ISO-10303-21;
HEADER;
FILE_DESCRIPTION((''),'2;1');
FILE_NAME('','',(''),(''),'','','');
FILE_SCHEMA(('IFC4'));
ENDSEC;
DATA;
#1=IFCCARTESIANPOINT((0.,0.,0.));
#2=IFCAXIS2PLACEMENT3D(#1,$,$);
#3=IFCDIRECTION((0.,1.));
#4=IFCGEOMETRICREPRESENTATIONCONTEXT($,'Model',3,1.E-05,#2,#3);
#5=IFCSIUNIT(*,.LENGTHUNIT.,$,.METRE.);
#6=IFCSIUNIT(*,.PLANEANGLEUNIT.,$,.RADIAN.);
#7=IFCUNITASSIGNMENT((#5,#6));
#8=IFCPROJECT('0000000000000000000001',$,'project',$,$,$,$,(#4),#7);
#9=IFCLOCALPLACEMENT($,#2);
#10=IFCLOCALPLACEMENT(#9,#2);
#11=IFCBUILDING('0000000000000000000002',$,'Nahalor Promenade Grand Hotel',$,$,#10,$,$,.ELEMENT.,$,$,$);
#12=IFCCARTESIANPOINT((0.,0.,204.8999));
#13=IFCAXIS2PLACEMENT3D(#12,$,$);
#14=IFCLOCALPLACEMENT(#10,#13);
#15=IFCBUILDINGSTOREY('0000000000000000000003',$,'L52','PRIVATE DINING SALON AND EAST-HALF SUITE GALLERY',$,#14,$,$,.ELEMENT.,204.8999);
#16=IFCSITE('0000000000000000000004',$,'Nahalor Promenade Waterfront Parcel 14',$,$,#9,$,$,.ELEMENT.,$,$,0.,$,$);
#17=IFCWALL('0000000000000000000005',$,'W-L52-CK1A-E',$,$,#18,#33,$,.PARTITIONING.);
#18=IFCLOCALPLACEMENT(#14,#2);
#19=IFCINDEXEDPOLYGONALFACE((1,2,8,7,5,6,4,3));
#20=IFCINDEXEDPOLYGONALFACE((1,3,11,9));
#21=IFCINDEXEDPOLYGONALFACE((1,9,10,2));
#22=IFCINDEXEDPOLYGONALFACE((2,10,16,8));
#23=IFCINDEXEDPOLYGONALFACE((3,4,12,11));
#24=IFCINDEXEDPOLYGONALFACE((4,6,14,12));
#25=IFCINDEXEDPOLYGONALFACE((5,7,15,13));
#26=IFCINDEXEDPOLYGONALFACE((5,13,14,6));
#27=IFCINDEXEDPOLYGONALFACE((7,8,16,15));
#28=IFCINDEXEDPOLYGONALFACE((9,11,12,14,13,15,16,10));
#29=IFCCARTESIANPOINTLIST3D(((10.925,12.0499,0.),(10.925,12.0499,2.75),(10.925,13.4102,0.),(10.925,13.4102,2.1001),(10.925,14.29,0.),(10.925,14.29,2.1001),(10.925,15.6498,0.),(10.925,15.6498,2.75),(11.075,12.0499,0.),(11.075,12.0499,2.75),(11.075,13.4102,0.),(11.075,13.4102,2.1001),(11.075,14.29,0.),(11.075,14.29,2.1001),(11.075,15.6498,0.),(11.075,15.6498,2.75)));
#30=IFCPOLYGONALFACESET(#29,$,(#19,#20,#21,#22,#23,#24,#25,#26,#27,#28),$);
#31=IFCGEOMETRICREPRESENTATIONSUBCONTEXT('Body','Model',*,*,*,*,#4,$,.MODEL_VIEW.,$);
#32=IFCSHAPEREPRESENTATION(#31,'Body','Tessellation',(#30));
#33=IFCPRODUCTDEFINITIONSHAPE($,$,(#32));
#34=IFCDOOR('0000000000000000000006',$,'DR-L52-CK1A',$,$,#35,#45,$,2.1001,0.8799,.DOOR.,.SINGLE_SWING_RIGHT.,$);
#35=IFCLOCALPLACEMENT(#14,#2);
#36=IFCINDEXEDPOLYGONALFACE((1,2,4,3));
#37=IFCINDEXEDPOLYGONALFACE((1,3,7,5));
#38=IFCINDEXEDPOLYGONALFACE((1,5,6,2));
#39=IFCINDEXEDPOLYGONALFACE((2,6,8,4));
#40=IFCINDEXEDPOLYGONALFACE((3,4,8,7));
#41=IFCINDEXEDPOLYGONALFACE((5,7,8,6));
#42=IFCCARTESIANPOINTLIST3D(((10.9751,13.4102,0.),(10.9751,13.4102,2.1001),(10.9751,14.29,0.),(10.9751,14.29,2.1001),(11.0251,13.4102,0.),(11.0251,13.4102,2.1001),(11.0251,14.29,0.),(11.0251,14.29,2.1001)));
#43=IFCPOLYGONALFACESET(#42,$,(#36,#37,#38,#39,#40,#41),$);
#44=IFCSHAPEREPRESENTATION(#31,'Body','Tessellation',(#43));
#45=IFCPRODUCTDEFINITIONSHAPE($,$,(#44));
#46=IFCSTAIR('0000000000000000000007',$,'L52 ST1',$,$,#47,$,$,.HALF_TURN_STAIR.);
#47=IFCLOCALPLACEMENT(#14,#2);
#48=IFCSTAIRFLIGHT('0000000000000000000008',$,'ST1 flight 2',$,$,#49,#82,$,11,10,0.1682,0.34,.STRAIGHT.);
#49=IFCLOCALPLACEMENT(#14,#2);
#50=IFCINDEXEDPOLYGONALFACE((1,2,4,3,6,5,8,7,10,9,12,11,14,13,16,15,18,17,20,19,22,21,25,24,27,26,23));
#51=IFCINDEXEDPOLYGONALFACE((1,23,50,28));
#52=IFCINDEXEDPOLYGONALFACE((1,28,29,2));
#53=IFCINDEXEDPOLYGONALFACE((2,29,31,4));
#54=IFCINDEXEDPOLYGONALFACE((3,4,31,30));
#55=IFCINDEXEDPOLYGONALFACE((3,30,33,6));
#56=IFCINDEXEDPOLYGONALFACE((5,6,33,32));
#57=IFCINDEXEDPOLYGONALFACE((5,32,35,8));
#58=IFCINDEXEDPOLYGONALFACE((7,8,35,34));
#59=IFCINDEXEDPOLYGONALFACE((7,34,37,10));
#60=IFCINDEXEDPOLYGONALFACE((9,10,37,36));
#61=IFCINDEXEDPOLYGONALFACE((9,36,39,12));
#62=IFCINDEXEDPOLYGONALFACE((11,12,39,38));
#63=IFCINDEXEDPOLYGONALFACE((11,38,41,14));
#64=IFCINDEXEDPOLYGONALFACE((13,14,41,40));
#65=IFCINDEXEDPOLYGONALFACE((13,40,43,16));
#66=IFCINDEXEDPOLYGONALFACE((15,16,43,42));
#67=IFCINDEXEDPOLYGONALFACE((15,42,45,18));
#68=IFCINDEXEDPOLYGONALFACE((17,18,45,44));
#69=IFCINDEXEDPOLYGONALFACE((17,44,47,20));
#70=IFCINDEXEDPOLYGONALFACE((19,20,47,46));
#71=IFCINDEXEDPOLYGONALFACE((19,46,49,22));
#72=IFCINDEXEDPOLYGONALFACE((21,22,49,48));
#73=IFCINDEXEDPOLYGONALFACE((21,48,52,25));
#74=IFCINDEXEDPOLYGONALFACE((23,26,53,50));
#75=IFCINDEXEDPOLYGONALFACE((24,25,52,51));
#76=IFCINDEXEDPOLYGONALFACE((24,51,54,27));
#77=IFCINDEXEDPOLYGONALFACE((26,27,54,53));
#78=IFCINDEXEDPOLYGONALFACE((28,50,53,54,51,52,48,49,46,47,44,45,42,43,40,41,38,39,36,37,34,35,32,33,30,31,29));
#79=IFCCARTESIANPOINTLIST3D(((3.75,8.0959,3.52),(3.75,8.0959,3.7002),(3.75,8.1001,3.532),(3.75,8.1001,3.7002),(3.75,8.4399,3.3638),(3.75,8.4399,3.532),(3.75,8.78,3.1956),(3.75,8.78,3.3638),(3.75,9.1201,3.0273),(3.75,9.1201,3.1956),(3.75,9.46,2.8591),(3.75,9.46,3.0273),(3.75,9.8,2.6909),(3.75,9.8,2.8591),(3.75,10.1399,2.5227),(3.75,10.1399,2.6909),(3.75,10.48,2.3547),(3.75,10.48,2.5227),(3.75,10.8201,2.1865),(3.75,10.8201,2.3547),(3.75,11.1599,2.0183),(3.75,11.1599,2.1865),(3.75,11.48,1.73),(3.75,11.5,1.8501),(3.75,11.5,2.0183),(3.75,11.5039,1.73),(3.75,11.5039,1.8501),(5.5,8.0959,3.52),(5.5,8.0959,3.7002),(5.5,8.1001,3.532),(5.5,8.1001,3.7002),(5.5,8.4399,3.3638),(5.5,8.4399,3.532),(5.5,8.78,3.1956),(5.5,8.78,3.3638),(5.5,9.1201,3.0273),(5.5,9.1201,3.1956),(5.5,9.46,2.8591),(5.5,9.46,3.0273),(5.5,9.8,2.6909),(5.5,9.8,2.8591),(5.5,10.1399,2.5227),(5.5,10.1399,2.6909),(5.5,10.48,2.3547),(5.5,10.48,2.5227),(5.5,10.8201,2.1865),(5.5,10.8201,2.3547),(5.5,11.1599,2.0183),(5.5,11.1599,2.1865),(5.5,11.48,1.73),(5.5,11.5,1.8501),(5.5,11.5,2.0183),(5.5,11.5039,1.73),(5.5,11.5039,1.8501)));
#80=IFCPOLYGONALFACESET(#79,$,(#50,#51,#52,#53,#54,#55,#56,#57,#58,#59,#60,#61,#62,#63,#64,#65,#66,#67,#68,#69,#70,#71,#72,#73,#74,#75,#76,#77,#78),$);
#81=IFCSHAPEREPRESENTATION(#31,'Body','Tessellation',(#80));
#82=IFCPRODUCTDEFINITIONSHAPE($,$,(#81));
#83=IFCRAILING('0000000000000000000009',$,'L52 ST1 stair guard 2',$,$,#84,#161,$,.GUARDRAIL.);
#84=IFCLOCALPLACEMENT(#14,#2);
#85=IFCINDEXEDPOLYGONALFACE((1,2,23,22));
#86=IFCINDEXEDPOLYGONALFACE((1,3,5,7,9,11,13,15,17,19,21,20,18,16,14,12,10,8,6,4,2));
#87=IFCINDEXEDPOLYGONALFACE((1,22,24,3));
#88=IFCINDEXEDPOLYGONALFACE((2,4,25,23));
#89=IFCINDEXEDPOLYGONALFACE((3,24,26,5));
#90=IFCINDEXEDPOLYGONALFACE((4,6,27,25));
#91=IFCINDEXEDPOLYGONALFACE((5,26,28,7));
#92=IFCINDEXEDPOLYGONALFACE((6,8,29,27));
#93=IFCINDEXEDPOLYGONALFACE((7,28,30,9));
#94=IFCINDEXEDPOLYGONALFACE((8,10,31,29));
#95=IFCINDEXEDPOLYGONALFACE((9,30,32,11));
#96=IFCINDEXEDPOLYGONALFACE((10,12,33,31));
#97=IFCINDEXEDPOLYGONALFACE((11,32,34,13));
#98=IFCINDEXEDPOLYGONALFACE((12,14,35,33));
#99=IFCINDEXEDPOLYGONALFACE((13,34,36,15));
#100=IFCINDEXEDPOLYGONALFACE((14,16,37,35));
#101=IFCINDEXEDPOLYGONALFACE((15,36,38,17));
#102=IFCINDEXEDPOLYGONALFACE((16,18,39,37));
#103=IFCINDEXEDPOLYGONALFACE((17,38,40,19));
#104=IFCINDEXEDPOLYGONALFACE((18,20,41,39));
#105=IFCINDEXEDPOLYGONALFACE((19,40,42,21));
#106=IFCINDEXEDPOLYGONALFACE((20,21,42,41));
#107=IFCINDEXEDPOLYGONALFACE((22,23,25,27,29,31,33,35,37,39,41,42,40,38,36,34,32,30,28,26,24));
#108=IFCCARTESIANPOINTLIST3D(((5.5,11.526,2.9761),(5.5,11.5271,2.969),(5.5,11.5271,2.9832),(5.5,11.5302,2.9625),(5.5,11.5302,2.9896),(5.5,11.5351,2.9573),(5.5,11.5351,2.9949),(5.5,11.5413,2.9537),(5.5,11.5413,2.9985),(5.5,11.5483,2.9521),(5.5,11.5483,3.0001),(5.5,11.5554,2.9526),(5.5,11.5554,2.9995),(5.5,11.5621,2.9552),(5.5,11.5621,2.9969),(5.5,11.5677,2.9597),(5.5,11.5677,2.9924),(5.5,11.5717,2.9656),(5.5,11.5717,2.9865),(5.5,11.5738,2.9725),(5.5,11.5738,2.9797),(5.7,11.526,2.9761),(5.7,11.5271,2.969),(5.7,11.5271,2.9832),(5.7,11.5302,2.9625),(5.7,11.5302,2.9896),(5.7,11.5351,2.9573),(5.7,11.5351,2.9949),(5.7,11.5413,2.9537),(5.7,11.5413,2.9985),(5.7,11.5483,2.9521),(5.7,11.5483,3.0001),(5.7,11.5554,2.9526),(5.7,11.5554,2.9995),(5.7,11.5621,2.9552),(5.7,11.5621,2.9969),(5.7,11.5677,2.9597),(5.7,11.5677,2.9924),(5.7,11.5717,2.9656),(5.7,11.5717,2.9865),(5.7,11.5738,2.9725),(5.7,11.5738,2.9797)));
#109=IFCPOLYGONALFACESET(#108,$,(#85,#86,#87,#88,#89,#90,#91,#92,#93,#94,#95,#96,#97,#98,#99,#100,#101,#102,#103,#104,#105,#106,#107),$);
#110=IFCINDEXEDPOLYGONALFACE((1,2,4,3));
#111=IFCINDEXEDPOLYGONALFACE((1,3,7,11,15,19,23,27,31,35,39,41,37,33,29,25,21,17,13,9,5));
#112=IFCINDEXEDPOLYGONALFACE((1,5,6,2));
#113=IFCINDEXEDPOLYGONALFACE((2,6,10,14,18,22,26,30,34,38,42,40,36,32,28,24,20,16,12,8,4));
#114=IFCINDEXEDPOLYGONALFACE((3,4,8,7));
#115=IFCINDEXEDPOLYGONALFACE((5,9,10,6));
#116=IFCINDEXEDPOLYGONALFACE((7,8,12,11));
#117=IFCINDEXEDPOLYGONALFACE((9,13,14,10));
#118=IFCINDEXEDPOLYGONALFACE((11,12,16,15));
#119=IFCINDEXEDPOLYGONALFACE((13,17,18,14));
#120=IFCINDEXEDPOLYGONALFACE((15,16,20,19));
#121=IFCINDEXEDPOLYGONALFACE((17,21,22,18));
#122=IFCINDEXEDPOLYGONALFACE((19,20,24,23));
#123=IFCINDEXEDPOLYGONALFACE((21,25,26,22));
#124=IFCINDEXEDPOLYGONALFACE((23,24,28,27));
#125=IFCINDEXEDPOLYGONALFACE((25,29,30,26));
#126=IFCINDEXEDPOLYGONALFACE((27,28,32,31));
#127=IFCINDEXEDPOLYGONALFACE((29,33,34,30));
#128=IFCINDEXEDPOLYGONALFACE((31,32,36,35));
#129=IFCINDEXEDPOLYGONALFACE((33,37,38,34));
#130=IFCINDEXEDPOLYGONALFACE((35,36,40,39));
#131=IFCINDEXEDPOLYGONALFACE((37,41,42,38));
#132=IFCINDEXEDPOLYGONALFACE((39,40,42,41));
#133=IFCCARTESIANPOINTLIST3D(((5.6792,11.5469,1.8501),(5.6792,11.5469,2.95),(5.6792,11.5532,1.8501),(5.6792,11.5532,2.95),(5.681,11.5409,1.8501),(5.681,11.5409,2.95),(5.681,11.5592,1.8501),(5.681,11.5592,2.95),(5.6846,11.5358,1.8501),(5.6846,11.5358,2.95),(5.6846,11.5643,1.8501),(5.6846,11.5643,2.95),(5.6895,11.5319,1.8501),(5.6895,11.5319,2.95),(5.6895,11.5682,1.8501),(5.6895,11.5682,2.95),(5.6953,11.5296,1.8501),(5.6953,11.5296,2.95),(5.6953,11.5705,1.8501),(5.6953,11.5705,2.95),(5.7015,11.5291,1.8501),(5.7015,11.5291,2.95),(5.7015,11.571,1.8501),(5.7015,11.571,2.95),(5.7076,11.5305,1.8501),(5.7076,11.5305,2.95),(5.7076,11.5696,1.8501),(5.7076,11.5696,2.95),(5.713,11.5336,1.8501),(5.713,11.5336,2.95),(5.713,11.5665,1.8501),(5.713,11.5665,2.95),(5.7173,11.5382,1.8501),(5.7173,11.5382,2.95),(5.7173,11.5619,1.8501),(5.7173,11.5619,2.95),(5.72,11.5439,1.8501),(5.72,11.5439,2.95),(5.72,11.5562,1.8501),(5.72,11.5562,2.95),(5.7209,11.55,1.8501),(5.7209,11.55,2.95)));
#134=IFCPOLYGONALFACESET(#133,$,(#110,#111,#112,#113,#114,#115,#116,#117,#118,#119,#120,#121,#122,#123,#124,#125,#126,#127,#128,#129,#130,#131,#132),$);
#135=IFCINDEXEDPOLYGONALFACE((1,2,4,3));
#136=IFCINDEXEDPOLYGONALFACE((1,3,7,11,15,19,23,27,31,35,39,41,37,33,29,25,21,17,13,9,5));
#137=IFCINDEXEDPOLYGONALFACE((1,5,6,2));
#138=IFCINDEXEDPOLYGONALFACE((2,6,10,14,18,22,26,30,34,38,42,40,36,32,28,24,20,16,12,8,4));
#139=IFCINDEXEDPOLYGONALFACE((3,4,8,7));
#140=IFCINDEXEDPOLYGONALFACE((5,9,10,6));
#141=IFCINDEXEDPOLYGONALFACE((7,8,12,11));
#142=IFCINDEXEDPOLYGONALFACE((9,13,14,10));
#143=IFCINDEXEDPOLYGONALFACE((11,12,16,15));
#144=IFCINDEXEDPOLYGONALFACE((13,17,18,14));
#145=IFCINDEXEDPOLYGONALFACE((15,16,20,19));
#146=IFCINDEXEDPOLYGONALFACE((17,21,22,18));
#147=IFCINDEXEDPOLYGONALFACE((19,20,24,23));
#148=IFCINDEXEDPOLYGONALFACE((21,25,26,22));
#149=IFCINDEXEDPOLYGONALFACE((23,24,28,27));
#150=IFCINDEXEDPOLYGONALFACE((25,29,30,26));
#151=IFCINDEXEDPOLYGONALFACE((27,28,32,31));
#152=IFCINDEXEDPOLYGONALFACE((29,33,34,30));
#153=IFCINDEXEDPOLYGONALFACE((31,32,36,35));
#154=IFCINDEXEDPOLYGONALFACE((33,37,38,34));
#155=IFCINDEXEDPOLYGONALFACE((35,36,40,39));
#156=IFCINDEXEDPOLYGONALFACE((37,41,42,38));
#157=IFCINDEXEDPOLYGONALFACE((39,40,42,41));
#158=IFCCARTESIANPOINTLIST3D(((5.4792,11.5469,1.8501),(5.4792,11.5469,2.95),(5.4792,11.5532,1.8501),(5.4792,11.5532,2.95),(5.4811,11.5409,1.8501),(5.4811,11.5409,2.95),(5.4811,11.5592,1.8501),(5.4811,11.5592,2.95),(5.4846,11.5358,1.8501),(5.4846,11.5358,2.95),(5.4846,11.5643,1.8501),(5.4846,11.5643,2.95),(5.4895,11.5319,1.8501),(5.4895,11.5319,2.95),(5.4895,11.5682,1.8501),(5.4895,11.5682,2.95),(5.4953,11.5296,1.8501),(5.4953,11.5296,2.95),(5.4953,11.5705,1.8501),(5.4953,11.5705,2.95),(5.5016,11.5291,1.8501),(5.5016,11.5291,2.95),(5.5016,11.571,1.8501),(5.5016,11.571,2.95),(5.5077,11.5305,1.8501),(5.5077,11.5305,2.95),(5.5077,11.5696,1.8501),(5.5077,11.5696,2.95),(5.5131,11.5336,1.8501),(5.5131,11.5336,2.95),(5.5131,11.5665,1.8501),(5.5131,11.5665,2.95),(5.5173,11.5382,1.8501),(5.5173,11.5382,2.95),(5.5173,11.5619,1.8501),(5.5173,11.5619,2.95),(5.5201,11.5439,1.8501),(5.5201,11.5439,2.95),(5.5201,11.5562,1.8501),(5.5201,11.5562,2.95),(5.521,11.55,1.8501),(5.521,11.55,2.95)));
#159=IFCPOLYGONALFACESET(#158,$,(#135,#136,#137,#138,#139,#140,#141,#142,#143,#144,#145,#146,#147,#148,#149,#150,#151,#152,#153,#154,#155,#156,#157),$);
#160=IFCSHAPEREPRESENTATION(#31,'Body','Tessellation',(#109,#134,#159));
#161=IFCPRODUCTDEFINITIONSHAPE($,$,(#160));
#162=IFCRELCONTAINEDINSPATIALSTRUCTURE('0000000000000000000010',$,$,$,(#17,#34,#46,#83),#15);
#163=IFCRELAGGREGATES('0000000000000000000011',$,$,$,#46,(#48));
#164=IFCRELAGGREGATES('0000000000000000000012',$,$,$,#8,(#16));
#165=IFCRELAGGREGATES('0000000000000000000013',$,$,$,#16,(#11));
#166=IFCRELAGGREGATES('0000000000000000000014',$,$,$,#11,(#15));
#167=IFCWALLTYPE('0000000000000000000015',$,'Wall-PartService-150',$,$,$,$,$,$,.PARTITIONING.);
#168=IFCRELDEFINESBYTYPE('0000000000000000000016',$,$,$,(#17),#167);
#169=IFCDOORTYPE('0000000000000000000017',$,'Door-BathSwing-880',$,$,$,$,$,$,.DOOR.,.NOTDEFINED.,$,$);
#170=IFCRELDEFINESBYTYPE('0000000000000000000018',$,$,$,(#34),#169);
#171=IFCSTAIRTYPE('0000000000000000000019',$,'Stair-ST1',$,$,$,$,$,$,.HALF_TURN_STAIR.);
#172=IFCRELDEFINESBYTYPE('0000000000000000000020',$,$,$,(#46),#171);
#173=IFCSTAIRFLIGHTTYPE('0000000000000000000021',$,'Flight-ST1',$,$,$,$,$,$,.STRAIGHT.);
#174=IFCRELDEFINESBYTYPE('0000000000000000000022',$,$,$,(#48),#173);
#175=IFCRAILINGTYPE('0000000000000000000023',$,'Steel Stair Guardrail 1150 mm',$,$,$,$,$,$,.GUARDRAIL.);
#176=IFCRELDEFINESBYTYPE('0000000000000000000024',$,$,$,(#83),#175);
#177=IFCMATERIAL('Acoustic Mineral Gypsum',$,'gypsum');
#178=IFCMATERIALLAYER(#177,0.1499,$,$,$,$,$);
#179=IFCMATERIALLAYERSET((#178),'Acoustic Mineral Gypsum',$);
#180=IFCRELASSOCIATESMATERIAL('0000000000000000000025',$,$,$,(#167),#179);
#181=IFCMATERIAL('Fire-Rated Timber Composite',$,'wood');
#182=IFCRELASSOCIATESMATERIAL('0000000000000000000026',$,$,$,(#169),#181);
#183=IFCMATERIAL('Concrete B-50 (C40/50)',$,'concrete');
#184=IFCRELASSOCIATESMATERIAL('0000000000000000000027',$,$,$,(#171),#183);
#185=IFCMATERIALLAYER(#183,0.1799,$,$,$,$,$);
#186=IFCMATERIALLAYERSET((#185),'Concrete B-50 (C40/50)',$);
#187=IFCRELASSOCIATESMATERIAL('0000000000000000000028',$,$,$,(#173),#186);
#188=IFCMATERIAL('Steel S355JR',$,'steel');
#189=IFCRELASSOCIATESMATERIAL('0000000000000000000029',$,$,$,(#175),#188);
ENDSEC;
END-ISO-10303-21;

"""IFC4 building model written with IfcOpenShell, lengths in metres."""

from ifc_helpers import new_model, si_unit, direction, frame, frame_2d, origin, origin_2d, place, context, subcontext, project, spatial, polyline, rectangle, circle, outline, extrude, source, transform, mapped, material, layer, layer_set, type_object, element, fill, aggregate, save


model = new_model("IFC4")

# Units and contexts
model_context = context("Model", 3, precision=1e-05, world=origin(), true_north=direction((0.0, 1.0)))
body_context = subcontext(model_context, "Body", "Model", "MODEL_VIEW")
ifc_project = project(units=[si_unit("LENGTHUNIT", "METRE"), si_unit("PLANEANGLEUNIT", "RADIAN")], contexts=[model_context])

# Site, building, storey
site_placement = place(None, origin())
site = spatial("IfcSite", under=ifc_project, at=site_placement, Name="Nahalor Promenade Waterfront Parcel 14", CompositionType="ELEMENT", RefElevation=0.0)
building_placement = place(site_placement, origin())
building = spatial("IfcBuilding", under=site, at=building_placement, Name="Nahalor Promenade Grand Hotel", CompositionType="ELEMENT")
storey_placement = place(building_placement, frame((0.0, 0.0, 204.8999)))
storey = spatial("IfcBuildingStorey", under=building, at=storey_placement, Name="L52", Description="PRIVATE DINING SALON AND EAST-HALF SUITE GALLERY", CompositionType="ELEMENT", Elevation=204.8999)

# Shared definitions
ifc_material_1 = material(Name="Steel S355JR", Category="steel")

# Shared definitions
ifc_material_2 = material(Name="Concrete B-50 (C40/50)", Category="concrete")
ifc_material_3 = material(Name="Acoustic Mineral Gypsum", Category="gypsum")
ifc_layer_1 = layer(ifc_material_3, 0.1499)
ifc_layer_set_1 = layer_set([ifc_layer_1], Name="Acoustic Mineral Gypsum")
wall_type_1 = type_object("IfcWallType", Name="Wall-PartService-150", PredefinedType="PARTITIONING", material=ifc_layer_set_1)
shared_shape_1 = source(origin(), body_context, "Body", "SweptSolid", [
    extrude(rectangle(XDim=3.5999, YDim=0.1499, at=frame_2d((1.7998, 0.0))), origin(), (0.0, 0.0, 1.0), 2.75),
])

# Wall, opening, door
wall_1_placement = place(storey_placement, frame((11.0, 12.05, 0.0), z_axis=(0.0, 0.0, 1.0), x_axis=(0.0, 1.0, 0.0)))
wall_1 = element("IfcWall", 1, at=wall_1_placement, inside=storey, type_object=wall_type_1, Name="W-L52-CK1A-E", PredefinedType="PARTITIONING", context=body_context, shape_type="MappedRepresentation", body=[
    mapped(shared_shape_1, transform((0.0, 0.0, 0.0), scale=1.0)),
])
opening_placement = place(wall_1_placement, frame((1.3601, 0.0, 0.0)))
opening = element("IfcOpeningElement", 2, at=opening_placement, cuts=wall_1, PredefinedType="OPENING", context=body_context, shape_type="SweptSolid", body=[
    extrude(rectangle(XDim=0.8799, YDim=2.1001, at=frame_2d((0.4399, 1.05))), frame((0.0, 0.085, 0.0), z_axis=(0.0, -1.0, 0.0), x_axis=(1.0, 0.0, 0.0)), (0.0, 0.0, 1.0), 0.1699),
])
ifc_material_4 = material(Name="Fire-Rated Timber Composite", Category="wood")
door_type = type_object("IfcDoorType", Name="Door-BathSwing-880", OperationType="NOTDEFINED", PredefinedType="DOOR", material=ifc_material_4)
shared_shape_2 = source(origin(), body_context, "Body", "SweptSolid", [
    extrude(rectangle(XDim=0.8799, YDim=2.1001, at=frame_2d((0.4399, 1.05))), frame((0.0, 0.0249, 0.0), z_axis=(0.0, -1.0, 0.0), x_axis=(1.0, 0.0, 0.0)), (0.0, 0.0, 1.0), 0.05),
])
door_placement = place(opening_placement, origin())
door = element("IfcDoor", 3, at=door_placement, inside=storey, type_object=door_type, Name="DR-L52-CK1A", OperationType="SINGLE_SWING_RIGHT", OverallHeight=2.1001, OverallWidth=0.8799, PredefinedType="DOOR", context=body_context, shape_type="MappedRepresentation", body=[
    mapped(shared_shape_2, transform((0.0, 0.0, 0.0), scale=1.0)),
])
fill(opening, door)

# Stair, stair flight
stair_type = type_object("IfcStairType", Name="Stair-ST1", PredefinedType="HALF_TURN_STAIR", material=ifc_material_2)
stair_placement = place(storey_placement, origin())
stair = element("IfcStair", 4, at=stair_placement, inside=storey, type_object=stair_type, Name="L52 ST1", PredefinedType="HALF_TURN_STAIR")
ifc_layer_2 = layer(ifc_material_2, 0.1799)
ifc_layer_set_2 = layer_set([ifc_layer_2], Name="Concrete B-50 (C40/50)")
stair_flight_type = type_object("IfcStairFlightType", Name="Flight-ST1", PredefinedType="STRAIGHT", material=ifc_layer_set_2)
shared_shape_3 = source(origin(), body_context, "Body", "SweptSolid", [
    extrude(outline(polyline([(-0.0039, -0.1201), (-0.0039, 0.0), (0.0, 0.0), (0.0, 0.1682), (0.3401, 0.1682), (0.3401, 0.3364), (0.6799, 0.3364), (0.6799, 0.5046), (1.02, 0.5046), (1.02, 0.6726), (1.3601, 0.6726), (1.3601, 0.8408), (1.7, 0.8408), (1.7, 1.009), (2.04, 1.009), (2.04, 1.1772), (2.3799, 1.1772), (2.3799, 1.3455), (2.72, 1.3455), (2.72, 1.5137), (3.0601, 1.5137), (3.0601, 1.6819), (3.3999, 1.6819), (3.3999, 1.8501), (3.4041, 1.8501), (3.4041, 1.6699), (0.02, -0.1201), (-0.0039, -0.1201)])), frame((0.0, 0.875, 0.0), z_axis=(0.0, -1.0, 0.0), x_axis=(1.0, 0.0, 0.0)), (0.0, 0.0, 1.0), 1.75),
])
stair_flight_placement = place(storey_placement, frame((4.625, 11.5, 1.8501), z_axis=(0.0, 0.0, 1.0), x_axis=(0.0, -1.0, 0.0)))
stair_flight = element("IfcStairFlight", 5, at=stair_flight_placement, type_object=stair_flight_type, Name="ST1 flight 2", NumberOfRisers=11, NumberOfTreads=10, PredefinedType="STRAIGHT", RiserHeight=0.1682, TreadLength=0.34, context=body_context, shape_type="MappedRepresentation", body=[
    mapped(shared_shape_3, transform((0.0, 0.0, 0.0), scale=1.0)),
])
aggregate(stair, [stair_flight])

# Railing
railing_type_1 = type_object("IfcRailingType", Name="Steel Stair Guardrail 1150 mm", PredefinedType="GUARDRAIL", material=ifc_material_1)
railing_1_placement = place(storey_placement, frame((5.7, 11.55, 1.8501)))
element("IfcRailing", 6, at=railing_1_placement, inside=storey, type_object=railing_type_1, Name="L52 ST1 stair guard 2", PredefinedType="GUARDRAIL", context=body_context, shape_type="SweptSolid", body=[
    extrude(circle(Radius=0.024, at=origin_2d()), frame((0.0, 0.0, 1.126), z_axis=(-1.0, 0.0, 0.0), x_axis=(0.0, -1.0, 0.0)), (0.0, 0.0, 1.0), 0.2),
    extrude(circle(Radius=0.021, at=origin_2d()), origin(), (0.0, 0.0, 1.0), 1.0999),
    extrude(circle(Radius=0.021, at=origin_2d()), frame((-0.2, 0.0, 0.0)), (0.0, 0.0, 1.0), 1.0999),
])

save(model, "model.ifc")
